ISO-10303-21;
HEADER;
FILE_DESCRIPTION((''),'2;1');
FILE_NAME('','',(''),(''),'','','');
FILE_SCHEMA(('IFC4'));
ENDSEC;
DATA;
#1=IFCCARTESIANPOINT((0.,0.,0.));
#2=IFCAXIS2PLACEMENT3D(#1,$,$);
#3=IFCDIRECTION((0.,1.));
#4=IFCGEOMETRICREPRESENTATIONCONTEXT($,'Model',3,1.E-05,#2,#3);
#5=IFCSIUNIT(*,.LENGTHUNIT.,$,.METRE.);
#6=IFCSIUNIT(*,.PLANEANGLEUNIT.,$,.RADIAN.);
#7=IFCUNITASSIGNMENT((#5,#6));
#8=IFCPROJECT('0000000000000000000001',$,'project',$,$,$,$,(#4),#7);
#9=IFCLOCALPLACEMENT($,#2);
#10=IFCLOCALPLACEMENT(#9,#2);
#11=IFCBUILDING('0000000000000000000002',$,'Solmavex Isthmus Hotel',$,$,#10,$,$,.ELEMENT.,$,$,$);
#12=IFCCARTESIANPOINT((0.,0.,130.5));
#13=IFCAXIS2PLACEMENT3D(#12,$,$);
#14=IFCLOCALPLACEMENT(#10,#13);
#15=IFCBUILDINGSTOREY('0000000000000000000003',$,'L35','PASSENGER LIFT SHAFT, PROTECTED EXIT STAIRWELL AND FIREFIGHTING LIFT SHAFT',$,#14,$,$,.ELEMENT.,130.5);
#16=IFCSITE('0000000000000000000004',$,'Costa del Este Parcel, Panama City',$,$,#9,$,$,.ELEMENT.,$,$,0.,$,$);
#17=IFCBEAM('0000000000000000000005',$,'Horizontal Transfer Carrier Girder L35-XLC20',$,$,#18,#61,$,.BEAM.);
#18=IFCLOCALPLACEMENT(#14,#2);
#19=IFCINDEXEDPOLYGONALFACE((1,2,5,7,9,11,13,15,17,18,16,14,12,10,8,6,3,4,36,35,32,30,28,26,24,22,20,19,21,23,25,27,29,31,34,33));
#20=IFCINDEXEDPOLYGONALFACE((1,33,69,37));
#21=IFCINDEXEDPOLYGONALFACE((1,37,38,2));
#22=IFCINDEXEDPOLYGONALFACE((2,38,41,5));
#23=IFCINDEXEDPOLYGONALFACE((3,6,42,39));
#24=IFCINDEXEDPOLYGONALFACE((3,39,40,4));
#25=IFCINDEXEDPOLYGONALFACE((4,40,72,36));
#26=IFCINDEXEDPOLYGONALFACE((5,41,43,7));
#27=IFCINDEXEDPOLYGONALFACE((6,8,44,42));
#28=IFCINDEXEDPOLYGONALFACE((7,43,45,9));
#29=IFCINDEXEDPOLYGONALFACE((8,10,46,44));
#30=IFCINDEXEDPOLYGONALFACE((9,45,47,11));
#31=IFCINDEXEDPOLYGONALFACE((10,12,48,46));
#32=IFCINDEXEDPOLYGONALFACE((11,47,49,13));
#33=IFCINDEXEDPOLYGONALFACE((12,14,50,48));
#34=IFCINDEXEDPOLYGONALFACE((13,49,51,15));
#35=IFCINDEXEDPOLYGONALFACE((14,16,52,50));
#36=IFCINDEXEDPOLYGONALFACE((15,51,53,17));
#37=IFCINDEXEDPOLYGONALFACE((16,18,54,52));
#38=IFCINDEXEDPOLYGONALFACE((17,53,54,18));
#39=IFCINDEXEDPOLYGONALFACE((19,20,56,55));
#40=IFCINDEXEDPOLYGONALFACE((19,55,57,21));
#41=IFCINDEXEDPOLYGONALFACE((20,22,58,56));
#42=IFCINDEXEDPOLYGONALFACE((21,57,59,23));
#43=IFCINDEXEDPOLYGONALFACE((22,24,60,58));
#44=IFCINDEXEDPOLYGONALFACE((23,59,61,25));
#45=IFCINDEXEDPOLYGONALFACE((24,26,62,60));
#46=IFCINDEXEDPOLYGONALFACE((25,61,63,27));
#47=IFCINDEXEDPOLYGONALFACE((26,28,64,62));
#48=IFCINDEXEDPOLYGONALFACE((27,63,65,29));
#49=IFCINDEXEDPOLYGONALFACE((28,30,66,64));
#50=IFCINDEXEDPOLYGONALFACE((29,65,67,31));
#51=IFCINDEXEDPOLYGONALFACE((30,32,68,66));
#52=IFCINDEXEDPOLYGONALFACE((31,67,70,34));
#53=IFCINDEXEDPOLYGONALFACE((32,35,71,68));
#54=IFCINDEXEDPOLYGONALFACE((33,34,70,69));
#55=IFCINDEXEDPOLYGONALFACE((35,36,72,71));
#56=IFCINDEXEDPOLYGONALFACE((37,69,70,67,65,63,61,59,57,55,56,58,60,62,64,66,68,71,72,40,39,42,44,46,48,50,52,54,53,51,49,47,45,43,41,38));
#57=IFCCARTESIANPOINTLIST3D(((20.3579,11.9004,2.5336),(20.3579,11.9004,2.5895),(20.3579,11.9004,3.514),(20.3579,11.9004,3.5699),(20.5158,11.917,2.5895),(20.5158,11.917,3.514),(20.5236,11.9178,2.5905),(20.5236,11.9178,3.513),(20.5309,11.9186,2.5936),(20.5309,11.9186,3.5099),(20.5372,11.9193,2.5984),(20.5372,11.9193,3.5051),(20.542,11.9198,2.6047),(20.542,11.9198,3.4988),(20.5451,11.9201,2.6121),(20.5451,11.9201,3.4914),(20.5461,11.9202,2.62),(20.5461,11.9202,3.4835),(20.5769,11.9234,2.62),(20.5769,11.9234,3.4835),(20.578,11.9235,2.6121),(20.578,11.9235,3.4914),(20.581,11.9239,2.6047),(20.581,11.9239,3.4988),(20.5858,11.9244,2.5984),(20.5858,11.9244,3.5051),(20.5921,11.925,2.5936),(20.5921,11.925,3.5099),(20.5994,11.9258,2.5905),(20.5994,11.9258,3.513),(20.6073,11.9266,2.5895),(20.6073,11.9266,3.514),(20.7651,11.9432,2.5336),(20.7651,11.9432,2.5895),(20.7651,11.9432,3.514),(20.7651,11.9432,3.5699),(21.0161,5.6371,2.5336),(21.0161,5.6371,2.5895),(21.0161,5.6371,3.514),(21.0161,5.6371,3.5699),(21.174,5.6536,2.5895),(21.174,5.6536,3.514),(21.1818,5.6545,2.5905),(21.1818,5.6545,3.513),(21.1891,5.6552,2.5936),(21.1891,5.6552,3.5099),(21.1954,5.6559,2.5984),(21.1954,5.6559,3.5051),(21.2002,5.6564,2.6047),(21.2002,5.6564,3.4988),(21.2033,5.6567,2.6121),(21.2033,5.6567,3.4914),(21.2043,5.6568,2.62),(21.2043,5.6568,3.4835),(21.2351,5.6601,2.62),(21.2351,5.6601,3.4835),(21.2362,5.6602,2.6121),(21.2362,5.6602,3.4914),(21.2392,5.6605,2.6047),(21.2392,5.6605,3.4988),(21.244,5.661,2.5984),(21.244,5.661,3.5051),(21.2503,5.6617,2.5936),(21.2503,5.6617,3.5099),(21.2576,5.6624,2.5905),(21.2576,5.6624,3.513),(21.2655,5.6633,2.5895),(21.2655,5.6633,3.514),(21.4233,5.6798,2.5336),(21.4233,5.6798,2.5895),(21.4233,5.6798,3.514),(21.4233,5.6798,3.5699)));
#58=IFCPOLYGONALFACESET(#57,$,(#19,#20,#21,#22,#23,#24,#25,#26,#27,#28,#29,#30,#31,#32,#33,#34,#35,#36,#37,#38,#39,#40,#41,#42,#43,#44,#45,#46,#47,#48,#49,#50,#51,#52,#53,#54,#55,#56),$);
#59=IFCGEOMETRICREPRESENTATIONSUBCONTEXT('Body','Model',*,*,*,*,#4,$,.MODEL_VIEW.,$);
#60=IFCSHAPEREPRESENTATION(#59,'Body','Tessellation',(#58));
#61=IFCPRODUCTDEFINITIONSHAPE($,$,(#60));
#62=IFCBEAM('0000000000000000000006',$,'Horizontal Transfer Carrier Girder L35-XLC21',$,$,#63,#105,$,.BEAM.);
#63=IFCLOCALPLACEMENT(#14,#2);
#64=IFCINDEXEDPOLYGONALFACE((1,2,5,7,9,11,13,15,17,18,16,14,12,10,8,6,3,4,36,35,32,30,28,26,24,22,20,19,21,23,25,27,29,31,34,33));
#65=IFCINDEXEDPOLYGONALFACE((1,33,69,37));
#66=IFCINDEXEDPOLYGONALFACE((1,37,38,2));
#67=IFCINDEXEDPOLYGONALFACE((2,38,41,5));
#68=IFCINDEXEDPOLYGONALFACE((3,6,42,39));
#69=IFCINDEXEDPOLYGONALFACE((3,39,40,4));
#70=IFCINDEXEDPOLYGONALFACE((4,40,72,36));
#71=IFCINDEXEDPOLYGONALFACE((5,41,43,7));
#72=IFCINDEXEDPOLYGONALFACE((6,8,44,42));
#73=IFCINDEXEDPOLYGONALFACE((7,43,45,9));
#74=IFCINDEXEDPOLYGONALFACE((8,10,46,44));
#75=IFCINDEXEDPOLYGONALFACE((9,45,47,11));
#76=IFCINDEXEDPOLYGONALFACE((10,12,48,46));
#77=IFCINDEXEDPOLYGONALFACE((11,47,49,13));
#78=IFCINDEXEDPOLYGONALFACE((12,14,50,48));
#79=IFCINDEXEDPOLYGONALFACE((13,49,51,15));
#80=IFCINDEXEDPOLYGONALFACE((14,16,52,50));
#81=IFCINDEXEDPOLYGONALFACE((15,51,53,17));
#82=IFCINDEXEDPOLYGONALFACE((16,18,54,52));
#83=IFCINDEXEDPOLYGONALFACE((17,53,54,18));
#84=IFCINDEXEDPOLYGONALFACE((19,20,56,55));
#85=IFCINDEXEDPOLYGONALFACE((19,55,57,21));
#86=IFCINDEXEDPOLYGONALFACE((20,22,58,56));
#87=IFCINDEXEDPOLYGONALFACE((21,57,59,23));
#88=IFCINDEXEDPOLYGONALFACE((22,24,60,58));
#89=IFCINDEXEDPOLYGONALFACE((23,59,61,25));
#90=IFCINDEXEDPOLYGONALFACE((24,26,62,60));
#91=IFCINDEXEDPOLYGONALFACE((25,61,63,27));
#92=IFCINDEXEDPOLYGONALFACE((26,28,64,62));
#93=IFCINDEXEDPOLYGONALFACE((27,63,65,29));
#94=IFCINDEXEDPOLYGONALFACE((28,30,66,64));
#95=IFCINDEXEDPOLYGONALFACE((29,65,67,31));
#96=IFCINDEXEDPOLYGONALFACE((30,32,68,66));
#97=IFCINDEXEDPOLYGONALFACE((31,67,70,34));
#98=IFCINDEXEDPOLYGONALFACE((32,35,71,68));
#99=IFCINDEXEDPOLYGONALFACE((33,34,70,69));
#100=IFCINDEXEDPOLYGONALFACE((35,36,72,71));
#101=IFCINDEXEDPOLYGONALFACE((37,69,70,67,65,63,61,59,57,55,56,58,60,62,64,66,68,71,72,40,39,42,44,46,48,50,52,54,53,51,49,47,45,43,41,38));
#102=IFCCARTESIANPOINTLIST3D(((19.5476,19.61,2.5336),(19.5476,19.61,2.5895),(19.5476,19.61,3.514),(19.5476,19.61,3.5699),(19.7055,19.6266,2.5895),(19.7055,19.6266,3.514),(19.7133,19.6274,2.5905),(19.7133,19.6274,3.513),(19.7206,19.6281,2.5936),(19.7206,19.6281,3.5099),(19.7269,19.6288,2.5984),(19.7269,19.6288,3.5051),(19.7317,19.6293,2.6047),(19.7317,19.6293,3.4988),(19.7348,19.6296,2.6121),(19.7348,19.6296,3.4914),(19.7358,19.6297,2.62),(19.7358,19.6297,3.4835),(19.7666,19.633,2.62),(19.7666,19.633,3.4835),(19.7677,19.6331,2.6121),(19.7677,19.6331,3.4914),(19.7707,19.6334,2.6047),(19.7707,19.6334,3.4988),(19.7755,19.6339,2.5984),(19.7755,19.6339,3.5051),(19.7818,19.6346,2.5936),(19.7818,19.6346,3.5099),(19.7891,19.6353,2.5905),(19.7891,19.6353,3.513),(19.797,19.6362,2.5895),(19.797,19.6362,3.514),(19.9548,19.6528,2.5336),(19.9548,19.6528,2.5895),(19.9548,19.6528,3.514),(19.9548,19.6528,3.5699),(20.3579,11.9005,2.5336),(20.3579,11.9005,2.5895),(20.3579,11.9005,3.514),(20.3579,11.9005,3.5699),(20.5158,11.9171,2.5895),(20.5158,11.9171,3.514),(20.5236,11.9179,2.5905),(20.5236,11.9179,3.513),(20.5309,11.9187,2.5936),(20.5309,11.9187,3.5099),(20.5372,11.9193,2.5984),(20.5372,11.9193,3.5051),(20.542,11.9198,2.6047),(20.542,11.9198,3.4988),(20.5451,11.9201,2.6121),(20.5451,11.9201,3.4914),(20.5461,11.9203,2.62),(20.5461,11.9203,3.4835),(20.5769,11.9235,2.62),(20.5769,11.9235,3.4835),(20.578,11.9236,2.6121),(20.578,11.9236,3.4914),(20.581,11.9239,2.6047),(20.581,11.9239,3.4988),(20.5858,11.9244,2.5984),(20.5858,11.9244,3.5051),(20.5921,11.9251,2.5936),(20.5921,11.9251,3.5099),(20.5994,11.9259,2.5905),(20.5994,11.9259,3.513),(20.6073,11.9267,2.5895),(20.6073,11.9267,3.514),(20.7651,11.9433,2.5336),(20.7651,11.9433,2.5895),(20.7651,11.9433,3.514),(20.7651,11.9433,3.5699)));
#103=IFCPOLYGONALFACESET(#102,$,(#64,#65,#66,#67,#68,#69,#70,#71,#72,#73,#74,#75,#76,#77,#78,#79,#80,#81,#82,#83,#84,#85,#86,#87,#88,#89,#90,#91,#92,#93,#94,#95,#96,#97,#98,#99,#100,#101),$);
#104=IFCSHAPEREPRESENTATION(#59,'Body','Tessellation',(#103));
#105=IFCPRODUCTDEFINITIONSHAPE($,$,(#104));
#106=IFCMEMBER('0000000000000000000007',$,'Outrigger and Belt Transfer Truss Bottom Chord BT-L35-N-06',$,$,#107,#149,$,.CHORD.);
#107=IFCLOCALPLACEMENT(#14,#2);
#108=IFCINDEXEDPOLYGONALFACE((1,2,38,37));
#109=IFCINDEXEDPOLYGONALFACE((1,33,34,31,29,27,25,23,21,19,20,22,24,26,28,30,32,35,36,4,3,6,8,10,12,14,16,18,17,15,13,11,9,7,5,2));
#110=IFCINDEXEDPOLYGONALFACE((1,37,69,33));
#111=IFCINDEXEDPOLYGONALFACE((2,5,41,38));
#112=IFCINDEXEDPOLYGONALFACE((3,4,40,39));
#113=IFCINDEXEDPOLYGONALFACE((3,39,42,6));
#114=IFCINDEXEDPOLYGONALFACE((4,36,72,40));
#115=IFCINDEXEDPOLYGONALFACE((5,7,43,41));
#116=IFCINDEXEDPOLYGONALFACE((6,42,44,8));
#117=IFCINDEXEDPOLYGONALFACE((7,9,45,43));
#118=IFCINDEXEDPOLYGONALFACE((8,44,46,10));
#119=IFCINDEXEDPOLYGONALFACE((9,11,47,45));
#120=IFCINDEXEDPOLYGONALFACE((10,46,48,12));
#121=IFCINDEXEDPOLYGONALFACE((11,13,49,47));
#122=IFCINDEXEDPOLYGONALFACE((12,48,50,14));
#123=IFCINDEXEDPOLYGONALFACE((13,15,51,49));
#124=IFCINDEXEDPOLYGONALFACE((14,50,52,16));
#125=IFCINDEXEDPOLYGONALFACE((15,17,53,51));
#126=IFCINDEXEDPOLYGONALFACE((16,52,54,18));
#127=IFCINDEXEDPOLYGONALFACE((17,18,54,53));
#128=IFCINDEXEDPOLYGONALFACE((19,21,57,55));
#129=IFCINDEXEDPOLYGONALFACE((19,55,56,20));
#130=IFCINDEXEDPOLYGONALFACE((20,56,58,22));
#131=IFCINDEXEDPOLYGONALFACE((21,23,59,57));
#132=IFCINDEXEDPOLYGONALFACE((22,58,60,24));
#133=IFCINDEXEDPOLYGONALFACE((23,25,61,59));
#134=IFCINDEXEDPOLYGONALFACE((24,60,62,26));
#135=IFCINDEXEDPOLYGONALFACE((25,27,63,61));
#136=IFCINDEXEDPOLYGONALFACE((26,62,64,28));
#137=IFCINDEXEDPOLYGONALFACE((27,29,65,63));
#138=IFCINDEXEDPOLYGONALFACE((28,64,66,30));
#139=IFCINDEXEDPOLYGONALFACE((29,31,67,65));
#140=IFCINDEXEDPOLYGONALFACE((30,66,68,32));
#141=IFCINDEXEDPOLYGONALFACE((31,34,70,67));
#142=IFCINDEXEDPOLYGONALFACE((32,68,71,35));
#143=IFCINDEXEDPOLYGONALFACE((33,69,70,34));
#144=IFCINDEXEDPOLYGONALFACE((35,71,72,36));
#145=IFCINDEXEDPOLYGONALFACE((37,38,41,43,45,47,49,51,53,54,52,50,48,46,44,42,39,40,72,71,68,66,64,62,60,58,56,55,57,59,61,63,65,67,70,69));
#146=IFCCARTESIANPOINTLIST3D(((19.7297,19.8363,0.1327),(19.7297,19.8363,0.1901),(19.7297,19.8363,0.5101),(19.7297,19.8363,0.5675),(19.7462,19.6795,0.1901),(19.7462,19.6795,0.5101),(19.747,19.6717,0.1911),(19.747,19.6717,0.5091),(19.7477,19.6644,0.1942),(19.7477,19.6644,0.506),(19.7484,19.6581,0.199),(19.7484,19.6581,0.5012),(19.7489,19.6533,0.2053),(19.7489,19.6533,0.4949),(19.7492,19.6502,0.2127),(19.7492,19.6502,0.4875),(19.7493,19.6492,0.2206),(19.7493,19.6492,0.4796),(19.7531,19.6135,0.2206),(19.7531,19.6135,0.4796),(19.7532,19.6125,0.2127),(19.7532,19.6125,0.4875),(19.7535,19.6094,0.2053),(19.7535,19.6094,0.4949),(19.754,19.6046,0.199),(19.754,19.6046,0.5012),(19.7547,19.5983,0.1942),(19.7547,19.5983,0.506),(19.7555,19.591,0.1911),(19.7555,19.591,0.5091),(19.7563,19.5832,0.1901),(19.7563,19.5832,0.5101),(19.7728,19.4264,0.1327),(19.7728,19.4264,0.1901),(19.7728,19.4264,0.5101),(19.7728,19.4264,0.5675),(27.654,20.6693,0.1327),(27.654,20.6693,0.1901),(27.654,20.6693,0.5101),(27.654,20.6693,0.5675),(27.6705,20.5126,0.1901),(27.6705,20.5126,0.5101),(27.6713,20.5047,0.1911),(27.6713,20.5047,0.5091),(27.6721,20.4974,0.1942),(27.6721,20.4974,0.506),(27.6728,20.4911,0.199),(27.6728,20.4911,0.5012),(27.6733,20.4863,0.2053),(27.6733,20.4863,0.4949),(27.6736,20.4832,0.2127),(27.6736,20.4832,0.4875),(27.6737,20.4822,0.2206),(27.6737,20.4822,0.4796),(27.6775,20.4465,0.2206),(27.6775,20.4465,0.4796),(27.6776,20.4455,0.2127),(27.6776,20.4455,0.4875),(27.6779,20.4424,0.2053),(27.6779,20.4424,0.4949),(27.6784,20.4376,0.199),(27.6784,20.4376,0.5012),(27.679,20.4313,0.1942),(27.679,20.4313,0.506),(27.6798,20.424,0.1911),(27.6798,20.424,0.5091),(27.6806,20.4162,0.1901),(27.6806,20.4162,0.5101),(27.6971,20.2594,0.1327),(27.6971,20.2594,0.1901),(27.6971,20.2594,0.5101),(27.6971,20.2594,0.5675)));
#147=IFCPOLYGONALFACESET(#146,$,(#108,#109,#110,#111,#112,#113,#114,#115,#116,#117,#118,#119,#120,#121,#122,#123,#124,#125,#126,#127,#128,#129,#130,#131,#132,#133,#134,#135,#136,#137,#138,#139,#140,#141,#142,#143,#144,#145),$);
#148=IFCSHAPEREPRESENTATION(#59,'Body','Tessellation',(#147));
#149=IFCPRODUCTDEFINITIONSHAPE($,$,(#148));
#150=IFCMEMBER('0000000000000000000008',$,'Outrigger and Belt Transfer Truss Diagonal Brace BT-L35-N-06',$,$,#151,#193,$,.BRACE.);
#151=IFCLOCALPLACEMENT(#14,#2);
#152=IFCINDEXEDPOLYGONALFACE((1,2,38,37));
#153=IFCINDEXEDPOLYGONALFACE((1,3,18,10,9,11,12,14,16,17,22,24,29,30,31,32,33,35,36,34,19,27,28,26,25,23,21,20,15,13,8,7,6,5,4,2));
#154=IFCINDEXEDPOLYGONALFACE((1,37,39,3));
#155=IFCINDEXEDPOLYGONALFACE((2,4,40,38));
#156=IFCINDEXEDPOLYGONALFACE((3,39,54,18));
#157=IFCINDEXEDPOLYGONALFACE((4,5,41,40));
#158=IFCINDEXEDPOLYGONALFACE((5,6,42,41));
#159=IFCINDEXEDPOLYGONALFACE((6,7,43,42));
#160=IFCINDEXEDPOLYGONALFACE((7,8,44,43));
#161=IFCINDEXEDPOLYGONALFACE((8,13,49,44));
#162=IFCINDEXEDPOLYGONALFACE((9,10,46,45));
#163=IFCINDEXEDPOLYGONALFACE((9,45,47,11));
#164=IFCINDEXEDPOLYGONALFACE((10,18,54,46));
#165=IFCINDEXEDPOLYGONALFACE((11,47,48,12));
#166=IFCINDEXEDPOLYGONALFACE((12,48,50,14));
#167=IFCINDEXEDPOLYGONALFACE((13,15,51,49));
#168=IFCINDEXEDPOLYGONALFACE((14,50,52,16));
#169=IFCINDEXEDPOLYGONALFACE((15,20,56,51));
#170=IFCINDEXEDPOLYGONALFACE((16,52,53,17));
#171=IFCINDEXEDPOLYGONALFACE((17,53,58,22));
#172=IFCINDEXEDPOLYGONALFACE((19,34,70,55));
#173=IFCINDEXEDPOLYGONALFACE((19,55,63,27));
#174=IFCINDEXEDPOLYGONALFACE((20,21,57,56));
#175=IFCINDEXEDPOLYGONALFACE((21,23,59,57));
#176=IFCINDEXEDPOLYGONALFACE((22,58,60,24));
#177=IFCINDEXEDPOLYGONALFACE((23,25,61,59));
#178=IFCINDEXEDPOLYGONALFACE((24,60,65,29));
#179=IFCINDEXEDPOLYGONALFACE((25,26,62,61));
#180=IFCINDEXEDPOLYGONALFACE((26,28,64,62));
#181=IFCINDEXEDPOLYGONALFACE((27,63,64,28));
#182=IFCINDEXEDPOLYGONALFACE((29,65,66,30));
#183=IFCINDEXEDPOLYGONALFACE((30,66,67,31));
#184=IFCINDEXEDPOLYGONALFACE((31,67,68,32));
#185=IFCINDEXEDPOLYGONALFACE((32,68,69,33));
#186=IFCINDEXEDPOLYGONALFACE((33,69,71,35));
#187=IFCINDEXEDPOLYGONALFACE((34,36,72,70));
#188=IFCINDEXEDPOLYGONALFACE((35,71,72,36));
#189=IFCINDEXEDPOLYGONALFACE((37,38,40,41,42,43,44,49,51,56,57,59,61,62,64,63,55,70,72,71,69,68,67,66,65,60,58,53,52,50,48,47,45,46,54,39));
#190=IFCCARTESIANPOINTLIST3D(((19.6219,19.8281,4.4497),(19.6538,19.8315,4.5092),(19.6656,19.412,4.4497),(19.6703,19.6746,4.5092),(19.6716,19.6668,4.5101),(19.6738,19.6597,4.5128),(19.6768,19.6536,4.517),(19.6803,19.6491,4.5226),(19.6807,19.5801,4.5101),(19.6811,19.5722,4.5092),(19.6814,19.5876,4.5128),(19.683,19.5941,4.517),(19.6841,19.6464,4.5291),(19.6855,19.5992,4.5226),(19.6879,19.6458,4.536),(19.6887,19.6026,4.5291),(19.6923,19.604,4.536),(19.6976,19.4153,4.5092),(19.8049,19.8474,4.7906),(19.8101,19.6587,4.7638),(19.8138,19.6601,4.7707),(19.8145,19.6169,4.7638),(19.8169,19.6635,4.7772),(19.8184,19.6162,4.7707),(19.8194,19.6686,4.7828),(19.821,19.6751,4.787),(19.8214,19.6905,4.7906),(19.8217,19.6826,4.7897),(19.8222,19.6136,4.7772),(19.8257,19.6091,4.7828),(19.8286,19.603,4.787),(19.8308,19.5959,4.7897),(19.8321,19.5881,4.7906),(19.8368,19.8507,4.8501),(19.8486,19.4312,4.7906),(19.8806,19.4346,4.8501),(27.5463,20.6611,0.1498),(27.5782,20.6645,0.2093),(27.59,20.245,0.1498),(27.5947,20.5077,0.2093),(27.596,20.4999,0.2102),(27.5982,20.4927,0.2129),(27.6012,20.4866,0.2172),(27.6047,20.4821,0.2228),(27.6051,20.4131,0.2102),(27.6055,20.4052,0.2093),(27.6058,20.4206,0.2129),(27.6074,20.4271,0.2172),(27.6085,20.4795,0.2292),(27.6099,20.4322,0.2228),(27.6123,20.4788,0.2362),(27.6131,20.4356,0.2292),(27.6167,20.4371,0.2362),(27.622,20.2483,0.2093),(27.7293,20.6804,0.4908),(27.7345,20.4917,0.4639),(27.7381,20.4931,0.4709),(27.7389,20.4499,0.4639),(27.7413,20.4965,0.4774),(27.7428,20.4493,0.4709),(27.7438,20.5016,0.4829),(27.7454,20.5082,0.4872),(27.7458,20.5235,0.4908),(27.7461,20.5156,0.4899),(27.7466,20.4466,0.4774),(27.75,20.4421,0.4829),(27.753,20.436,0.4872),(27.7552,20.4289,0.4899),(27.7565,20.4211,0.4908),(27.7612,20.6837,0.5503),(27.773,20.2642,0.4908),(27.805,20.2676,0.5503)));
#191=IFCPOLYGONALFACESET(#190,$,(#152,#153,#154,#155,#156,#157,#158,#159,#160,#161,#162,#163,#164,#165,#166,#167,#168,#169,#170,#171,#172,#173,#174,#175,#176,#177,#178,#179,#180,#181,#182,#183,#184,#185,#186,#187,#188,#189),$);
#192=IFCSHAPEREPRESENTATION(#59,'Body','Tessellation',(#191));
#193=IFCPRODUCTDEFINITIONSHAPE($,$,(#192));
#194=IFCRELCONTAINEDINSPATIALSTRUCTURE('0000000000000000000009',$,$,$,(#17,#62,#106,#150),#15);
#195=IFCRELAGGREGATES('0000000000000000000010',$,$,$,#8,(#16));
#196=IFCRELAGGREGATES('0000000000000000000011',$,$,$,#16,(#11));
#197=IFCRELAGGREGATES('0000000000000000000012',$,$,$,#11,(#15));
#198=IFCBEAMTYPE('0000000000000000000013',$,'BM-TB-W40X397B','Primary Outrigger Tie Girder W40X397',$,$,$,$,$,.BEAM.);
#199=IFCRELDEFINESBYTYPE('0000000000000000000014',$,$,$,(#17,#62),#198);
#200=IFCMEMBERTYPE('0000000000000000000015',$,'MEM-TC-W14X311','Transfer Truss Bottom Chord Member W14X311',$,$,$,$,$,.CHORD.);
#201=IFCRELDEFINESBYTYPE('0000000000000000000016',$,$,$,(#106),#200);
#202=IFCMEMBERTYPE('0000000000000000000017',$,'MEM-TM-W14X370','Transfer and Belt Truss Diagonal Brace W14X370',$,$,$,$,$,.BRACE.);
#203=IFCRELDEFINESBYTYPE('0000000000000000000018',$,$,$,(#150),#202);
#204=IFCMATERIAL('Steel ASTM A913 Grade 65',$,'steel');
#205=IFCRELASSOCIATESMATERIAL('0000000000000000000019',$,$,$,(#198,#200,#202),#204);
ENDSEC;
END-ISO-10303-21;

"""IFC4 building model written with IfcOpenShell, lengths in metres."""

from ifc_helpers import new_model, si_unit, direction, frame, origin, origin_2d, place, context, subcontext, project, spatial, i_section, extrude, material, material_profile, profile_set, type_object, element, save


model = new_model("IFC4")

# Units and contexts
model_context = context("Model", 3, precision=1e-05, world=origin(), true_north=direction((0.0, 1.0)))
body_context = subcontext(model_context, "Body", "Model", "MODEL_VIEW")
ifc_project = project(units=[si_unit("LENGTHUNIT", "METRE"), si_unit("PLANEANGLEUNIT", "RADIAN")], contexts=[model_context])

# Site, building, storey
site_placement = place(None, origin())
site = spatial("IfcSite", under=ifc_project, at=site_placement, Name="Costa del Este Parcel, Panama City", CompositionType="ELEMENT", RefElevation=0.0)
building_placement = place(site_placement, origin())
building = spatial("IfcBuilding", under=site, at=building_placement, Name="Solmavex Isthmus Hotel", CompositionType="ELEMENT")
storey_placement = place(building_placement, frame((0.0, 0.0, 130.5)))
storey = spatial("IfcBuildingStorey", under=building, at=storey_placement, Name="L35", Description="PASSENGER LIFT SHAFT, PROTECTED EXIT STAIRWELL AND FIREFIGHTING LIFT SHAFT", CompositionType="ELEMENT", Elevation=130.5)

# Shared definitions
ifc_material_1 = material(Name="Steel ASTM A913 Grade 65", Category="steel")

# Beams
ifc_material_profile_1 = material_profile(ifc_material_1, i_section(OverallWidth=0.4094, OverallDepth=1.0364, WebThickness=0.031, FlangeThickness=0.0559, FilletRadius=0.0305, at=origin_2d()), Name="W40X397")
ifc_profile_set_1 = profile_set([ifc_material_profile_1], Name="Steel ASTM A913 Grade 65")
beam_type_1 = type_object("IfcBeamType", Name="BM-TB-W40X397B", Description="Primary Outrigger Tie Girder W40X397", PredefinedType="BEAM", material=ifc_profile_set_1)
beam_1_placement = place(storey_placement, frame((21.2197, 5.6584, 3.0518), z_axis=(-0.104511, 0.994524, 0.0), x_axis=(-0.994524, -0.104511, 0.0)))
element("IfcBeam", 1, at=beam_1_placement, inside=storey, type_object=beam_type_1, Name="Horizontal Transfer Carrier Girder L35-XLC20", PredefinedType="BEAM", context=body_context, shape_type="SweptSolid", body=[
    extrude(i_section(OverallWidth=0.4094, OverallDepth=1.0364, WebThickness=0.031, FlangeThickness=0.0559, FilletRadius=0.0305, at=origin_2d()), origin(), (0.0, 0.0, 1.0), 6.2979),
])
beam_2_placement = place(storey_placement, frame((20.5615, 11.9219, 3.0518), z_axis=(-0.104529, 0.994522, 0.0), x_axis=(-0.994522, -0.104529, 0.0)))
element("IfcBeam", 2, at=beam_2_placement, inside=storey, type_object=beam_type_1, Name="Horizontal Transfer Carrier Girder L35-XLC21", PredefinedType="BEAM", context=body_context, shape_type="SweptSolid", body=[
    extrude(i_section(OverallWidth=0.4094, OverallDepth=1.0364, WebThickness=0.031, FlangeThickness=0.0559, FilletRadius=0.0305, at=origin_2d()), origin(), (0.0, 0.0, 1.0), 7.752),
])

# Members
ifc_material_profile_2 = material_profile(ifc_material_1, i_section(OverallWidth=0.4121, OverallDepth=0.4348, WebThickness=0.0359, FlangeThickness=0.0574, FilletRadius=0.0305, at=origin_2d()), Name="W14X311")
ifc_profile_set_2 = profile_set([ifc_material_profile_2], Name="Steel ASTM A913 Grade 65")
member_type_1 = type_object("IfcMemberType", Name="MEM-TC-W14X311", Description="Transfer Truss Bottom Chord Member W14X311", PredefinedType="CHORD", material=ifc_profile_set_2)
member_1_placement = place(storey_placement, frame((19.7512, 19.6313, 0.3501), z_axis=(0.99452, 0.104544, 0.0), x_axis=(-0.104544, 0.99452, 0.0)))
element("IfcMember", 3, at=member_1_placement, inside=storey, type_object=member_type_1, Name="Outrigger and Belt Transfer Truss Bottom Chord BT-L35-N-06", PredefinedType="CHORD", context=body_context, shape_type="SweptSolid", body=[
    extrude(i_section(OverallWidth=0.4121, OverallDepth=0.4348, WebThickness=0.0359, FlangeThickness=0.0574, FilletRadius=0.0305, at=origin_2d()), origin(), (0.0, 0.0, 1.0), 7.968),
])
ifc_material_profile_3 = material_profile(ifc_material_1, i_section(OverallWidth=0.4185, OverallDepth=0.4551, WebThickness=0.042, FlangeThickness=0.0676, FilletRadius=0.0305, at=origin_2d()), Name="W14X370")
ifc_profile_set_3 = profile_set([ifc_material_profile_3], Name="Steel ASTM A913 Grade 65")
member_type_2 = type_object("IfcMemberType", Name="MEM-TM-W14X370", Description="Transfer and Belt Truss Diagonal Brace W14X370", PredefinedType="BRACE", material=ifc_profile_set_3)
member_2_placement = place(storey_placement, frame((19.7512, 19.6313, 4.6499), z_axis=(0.875217, 0.092003, -0.474901), x_axis=(-0.104544, 0.99452, 0.0)))
element("IfcMember", 4, at=member_2_placement, inside=storey, type_object=member_type_2, Name="Outrigger and Belt Transfer Truss Diagonal Brace BT-L35-N-06", PredefinedType="BRACE", context=body_context, shape_type="SweptSolid", body=[
    extrude(i_section(OverallWidth=0.4185, OverallDepth=0.4551, WebThickness=0.042, FlangeThickness=0.0676, FilletRadius=0.0305, at=origin_2d()), origin(), (0.0, 0.0, 1.0), 9.0542),
])

save(model, "model.ifc")
